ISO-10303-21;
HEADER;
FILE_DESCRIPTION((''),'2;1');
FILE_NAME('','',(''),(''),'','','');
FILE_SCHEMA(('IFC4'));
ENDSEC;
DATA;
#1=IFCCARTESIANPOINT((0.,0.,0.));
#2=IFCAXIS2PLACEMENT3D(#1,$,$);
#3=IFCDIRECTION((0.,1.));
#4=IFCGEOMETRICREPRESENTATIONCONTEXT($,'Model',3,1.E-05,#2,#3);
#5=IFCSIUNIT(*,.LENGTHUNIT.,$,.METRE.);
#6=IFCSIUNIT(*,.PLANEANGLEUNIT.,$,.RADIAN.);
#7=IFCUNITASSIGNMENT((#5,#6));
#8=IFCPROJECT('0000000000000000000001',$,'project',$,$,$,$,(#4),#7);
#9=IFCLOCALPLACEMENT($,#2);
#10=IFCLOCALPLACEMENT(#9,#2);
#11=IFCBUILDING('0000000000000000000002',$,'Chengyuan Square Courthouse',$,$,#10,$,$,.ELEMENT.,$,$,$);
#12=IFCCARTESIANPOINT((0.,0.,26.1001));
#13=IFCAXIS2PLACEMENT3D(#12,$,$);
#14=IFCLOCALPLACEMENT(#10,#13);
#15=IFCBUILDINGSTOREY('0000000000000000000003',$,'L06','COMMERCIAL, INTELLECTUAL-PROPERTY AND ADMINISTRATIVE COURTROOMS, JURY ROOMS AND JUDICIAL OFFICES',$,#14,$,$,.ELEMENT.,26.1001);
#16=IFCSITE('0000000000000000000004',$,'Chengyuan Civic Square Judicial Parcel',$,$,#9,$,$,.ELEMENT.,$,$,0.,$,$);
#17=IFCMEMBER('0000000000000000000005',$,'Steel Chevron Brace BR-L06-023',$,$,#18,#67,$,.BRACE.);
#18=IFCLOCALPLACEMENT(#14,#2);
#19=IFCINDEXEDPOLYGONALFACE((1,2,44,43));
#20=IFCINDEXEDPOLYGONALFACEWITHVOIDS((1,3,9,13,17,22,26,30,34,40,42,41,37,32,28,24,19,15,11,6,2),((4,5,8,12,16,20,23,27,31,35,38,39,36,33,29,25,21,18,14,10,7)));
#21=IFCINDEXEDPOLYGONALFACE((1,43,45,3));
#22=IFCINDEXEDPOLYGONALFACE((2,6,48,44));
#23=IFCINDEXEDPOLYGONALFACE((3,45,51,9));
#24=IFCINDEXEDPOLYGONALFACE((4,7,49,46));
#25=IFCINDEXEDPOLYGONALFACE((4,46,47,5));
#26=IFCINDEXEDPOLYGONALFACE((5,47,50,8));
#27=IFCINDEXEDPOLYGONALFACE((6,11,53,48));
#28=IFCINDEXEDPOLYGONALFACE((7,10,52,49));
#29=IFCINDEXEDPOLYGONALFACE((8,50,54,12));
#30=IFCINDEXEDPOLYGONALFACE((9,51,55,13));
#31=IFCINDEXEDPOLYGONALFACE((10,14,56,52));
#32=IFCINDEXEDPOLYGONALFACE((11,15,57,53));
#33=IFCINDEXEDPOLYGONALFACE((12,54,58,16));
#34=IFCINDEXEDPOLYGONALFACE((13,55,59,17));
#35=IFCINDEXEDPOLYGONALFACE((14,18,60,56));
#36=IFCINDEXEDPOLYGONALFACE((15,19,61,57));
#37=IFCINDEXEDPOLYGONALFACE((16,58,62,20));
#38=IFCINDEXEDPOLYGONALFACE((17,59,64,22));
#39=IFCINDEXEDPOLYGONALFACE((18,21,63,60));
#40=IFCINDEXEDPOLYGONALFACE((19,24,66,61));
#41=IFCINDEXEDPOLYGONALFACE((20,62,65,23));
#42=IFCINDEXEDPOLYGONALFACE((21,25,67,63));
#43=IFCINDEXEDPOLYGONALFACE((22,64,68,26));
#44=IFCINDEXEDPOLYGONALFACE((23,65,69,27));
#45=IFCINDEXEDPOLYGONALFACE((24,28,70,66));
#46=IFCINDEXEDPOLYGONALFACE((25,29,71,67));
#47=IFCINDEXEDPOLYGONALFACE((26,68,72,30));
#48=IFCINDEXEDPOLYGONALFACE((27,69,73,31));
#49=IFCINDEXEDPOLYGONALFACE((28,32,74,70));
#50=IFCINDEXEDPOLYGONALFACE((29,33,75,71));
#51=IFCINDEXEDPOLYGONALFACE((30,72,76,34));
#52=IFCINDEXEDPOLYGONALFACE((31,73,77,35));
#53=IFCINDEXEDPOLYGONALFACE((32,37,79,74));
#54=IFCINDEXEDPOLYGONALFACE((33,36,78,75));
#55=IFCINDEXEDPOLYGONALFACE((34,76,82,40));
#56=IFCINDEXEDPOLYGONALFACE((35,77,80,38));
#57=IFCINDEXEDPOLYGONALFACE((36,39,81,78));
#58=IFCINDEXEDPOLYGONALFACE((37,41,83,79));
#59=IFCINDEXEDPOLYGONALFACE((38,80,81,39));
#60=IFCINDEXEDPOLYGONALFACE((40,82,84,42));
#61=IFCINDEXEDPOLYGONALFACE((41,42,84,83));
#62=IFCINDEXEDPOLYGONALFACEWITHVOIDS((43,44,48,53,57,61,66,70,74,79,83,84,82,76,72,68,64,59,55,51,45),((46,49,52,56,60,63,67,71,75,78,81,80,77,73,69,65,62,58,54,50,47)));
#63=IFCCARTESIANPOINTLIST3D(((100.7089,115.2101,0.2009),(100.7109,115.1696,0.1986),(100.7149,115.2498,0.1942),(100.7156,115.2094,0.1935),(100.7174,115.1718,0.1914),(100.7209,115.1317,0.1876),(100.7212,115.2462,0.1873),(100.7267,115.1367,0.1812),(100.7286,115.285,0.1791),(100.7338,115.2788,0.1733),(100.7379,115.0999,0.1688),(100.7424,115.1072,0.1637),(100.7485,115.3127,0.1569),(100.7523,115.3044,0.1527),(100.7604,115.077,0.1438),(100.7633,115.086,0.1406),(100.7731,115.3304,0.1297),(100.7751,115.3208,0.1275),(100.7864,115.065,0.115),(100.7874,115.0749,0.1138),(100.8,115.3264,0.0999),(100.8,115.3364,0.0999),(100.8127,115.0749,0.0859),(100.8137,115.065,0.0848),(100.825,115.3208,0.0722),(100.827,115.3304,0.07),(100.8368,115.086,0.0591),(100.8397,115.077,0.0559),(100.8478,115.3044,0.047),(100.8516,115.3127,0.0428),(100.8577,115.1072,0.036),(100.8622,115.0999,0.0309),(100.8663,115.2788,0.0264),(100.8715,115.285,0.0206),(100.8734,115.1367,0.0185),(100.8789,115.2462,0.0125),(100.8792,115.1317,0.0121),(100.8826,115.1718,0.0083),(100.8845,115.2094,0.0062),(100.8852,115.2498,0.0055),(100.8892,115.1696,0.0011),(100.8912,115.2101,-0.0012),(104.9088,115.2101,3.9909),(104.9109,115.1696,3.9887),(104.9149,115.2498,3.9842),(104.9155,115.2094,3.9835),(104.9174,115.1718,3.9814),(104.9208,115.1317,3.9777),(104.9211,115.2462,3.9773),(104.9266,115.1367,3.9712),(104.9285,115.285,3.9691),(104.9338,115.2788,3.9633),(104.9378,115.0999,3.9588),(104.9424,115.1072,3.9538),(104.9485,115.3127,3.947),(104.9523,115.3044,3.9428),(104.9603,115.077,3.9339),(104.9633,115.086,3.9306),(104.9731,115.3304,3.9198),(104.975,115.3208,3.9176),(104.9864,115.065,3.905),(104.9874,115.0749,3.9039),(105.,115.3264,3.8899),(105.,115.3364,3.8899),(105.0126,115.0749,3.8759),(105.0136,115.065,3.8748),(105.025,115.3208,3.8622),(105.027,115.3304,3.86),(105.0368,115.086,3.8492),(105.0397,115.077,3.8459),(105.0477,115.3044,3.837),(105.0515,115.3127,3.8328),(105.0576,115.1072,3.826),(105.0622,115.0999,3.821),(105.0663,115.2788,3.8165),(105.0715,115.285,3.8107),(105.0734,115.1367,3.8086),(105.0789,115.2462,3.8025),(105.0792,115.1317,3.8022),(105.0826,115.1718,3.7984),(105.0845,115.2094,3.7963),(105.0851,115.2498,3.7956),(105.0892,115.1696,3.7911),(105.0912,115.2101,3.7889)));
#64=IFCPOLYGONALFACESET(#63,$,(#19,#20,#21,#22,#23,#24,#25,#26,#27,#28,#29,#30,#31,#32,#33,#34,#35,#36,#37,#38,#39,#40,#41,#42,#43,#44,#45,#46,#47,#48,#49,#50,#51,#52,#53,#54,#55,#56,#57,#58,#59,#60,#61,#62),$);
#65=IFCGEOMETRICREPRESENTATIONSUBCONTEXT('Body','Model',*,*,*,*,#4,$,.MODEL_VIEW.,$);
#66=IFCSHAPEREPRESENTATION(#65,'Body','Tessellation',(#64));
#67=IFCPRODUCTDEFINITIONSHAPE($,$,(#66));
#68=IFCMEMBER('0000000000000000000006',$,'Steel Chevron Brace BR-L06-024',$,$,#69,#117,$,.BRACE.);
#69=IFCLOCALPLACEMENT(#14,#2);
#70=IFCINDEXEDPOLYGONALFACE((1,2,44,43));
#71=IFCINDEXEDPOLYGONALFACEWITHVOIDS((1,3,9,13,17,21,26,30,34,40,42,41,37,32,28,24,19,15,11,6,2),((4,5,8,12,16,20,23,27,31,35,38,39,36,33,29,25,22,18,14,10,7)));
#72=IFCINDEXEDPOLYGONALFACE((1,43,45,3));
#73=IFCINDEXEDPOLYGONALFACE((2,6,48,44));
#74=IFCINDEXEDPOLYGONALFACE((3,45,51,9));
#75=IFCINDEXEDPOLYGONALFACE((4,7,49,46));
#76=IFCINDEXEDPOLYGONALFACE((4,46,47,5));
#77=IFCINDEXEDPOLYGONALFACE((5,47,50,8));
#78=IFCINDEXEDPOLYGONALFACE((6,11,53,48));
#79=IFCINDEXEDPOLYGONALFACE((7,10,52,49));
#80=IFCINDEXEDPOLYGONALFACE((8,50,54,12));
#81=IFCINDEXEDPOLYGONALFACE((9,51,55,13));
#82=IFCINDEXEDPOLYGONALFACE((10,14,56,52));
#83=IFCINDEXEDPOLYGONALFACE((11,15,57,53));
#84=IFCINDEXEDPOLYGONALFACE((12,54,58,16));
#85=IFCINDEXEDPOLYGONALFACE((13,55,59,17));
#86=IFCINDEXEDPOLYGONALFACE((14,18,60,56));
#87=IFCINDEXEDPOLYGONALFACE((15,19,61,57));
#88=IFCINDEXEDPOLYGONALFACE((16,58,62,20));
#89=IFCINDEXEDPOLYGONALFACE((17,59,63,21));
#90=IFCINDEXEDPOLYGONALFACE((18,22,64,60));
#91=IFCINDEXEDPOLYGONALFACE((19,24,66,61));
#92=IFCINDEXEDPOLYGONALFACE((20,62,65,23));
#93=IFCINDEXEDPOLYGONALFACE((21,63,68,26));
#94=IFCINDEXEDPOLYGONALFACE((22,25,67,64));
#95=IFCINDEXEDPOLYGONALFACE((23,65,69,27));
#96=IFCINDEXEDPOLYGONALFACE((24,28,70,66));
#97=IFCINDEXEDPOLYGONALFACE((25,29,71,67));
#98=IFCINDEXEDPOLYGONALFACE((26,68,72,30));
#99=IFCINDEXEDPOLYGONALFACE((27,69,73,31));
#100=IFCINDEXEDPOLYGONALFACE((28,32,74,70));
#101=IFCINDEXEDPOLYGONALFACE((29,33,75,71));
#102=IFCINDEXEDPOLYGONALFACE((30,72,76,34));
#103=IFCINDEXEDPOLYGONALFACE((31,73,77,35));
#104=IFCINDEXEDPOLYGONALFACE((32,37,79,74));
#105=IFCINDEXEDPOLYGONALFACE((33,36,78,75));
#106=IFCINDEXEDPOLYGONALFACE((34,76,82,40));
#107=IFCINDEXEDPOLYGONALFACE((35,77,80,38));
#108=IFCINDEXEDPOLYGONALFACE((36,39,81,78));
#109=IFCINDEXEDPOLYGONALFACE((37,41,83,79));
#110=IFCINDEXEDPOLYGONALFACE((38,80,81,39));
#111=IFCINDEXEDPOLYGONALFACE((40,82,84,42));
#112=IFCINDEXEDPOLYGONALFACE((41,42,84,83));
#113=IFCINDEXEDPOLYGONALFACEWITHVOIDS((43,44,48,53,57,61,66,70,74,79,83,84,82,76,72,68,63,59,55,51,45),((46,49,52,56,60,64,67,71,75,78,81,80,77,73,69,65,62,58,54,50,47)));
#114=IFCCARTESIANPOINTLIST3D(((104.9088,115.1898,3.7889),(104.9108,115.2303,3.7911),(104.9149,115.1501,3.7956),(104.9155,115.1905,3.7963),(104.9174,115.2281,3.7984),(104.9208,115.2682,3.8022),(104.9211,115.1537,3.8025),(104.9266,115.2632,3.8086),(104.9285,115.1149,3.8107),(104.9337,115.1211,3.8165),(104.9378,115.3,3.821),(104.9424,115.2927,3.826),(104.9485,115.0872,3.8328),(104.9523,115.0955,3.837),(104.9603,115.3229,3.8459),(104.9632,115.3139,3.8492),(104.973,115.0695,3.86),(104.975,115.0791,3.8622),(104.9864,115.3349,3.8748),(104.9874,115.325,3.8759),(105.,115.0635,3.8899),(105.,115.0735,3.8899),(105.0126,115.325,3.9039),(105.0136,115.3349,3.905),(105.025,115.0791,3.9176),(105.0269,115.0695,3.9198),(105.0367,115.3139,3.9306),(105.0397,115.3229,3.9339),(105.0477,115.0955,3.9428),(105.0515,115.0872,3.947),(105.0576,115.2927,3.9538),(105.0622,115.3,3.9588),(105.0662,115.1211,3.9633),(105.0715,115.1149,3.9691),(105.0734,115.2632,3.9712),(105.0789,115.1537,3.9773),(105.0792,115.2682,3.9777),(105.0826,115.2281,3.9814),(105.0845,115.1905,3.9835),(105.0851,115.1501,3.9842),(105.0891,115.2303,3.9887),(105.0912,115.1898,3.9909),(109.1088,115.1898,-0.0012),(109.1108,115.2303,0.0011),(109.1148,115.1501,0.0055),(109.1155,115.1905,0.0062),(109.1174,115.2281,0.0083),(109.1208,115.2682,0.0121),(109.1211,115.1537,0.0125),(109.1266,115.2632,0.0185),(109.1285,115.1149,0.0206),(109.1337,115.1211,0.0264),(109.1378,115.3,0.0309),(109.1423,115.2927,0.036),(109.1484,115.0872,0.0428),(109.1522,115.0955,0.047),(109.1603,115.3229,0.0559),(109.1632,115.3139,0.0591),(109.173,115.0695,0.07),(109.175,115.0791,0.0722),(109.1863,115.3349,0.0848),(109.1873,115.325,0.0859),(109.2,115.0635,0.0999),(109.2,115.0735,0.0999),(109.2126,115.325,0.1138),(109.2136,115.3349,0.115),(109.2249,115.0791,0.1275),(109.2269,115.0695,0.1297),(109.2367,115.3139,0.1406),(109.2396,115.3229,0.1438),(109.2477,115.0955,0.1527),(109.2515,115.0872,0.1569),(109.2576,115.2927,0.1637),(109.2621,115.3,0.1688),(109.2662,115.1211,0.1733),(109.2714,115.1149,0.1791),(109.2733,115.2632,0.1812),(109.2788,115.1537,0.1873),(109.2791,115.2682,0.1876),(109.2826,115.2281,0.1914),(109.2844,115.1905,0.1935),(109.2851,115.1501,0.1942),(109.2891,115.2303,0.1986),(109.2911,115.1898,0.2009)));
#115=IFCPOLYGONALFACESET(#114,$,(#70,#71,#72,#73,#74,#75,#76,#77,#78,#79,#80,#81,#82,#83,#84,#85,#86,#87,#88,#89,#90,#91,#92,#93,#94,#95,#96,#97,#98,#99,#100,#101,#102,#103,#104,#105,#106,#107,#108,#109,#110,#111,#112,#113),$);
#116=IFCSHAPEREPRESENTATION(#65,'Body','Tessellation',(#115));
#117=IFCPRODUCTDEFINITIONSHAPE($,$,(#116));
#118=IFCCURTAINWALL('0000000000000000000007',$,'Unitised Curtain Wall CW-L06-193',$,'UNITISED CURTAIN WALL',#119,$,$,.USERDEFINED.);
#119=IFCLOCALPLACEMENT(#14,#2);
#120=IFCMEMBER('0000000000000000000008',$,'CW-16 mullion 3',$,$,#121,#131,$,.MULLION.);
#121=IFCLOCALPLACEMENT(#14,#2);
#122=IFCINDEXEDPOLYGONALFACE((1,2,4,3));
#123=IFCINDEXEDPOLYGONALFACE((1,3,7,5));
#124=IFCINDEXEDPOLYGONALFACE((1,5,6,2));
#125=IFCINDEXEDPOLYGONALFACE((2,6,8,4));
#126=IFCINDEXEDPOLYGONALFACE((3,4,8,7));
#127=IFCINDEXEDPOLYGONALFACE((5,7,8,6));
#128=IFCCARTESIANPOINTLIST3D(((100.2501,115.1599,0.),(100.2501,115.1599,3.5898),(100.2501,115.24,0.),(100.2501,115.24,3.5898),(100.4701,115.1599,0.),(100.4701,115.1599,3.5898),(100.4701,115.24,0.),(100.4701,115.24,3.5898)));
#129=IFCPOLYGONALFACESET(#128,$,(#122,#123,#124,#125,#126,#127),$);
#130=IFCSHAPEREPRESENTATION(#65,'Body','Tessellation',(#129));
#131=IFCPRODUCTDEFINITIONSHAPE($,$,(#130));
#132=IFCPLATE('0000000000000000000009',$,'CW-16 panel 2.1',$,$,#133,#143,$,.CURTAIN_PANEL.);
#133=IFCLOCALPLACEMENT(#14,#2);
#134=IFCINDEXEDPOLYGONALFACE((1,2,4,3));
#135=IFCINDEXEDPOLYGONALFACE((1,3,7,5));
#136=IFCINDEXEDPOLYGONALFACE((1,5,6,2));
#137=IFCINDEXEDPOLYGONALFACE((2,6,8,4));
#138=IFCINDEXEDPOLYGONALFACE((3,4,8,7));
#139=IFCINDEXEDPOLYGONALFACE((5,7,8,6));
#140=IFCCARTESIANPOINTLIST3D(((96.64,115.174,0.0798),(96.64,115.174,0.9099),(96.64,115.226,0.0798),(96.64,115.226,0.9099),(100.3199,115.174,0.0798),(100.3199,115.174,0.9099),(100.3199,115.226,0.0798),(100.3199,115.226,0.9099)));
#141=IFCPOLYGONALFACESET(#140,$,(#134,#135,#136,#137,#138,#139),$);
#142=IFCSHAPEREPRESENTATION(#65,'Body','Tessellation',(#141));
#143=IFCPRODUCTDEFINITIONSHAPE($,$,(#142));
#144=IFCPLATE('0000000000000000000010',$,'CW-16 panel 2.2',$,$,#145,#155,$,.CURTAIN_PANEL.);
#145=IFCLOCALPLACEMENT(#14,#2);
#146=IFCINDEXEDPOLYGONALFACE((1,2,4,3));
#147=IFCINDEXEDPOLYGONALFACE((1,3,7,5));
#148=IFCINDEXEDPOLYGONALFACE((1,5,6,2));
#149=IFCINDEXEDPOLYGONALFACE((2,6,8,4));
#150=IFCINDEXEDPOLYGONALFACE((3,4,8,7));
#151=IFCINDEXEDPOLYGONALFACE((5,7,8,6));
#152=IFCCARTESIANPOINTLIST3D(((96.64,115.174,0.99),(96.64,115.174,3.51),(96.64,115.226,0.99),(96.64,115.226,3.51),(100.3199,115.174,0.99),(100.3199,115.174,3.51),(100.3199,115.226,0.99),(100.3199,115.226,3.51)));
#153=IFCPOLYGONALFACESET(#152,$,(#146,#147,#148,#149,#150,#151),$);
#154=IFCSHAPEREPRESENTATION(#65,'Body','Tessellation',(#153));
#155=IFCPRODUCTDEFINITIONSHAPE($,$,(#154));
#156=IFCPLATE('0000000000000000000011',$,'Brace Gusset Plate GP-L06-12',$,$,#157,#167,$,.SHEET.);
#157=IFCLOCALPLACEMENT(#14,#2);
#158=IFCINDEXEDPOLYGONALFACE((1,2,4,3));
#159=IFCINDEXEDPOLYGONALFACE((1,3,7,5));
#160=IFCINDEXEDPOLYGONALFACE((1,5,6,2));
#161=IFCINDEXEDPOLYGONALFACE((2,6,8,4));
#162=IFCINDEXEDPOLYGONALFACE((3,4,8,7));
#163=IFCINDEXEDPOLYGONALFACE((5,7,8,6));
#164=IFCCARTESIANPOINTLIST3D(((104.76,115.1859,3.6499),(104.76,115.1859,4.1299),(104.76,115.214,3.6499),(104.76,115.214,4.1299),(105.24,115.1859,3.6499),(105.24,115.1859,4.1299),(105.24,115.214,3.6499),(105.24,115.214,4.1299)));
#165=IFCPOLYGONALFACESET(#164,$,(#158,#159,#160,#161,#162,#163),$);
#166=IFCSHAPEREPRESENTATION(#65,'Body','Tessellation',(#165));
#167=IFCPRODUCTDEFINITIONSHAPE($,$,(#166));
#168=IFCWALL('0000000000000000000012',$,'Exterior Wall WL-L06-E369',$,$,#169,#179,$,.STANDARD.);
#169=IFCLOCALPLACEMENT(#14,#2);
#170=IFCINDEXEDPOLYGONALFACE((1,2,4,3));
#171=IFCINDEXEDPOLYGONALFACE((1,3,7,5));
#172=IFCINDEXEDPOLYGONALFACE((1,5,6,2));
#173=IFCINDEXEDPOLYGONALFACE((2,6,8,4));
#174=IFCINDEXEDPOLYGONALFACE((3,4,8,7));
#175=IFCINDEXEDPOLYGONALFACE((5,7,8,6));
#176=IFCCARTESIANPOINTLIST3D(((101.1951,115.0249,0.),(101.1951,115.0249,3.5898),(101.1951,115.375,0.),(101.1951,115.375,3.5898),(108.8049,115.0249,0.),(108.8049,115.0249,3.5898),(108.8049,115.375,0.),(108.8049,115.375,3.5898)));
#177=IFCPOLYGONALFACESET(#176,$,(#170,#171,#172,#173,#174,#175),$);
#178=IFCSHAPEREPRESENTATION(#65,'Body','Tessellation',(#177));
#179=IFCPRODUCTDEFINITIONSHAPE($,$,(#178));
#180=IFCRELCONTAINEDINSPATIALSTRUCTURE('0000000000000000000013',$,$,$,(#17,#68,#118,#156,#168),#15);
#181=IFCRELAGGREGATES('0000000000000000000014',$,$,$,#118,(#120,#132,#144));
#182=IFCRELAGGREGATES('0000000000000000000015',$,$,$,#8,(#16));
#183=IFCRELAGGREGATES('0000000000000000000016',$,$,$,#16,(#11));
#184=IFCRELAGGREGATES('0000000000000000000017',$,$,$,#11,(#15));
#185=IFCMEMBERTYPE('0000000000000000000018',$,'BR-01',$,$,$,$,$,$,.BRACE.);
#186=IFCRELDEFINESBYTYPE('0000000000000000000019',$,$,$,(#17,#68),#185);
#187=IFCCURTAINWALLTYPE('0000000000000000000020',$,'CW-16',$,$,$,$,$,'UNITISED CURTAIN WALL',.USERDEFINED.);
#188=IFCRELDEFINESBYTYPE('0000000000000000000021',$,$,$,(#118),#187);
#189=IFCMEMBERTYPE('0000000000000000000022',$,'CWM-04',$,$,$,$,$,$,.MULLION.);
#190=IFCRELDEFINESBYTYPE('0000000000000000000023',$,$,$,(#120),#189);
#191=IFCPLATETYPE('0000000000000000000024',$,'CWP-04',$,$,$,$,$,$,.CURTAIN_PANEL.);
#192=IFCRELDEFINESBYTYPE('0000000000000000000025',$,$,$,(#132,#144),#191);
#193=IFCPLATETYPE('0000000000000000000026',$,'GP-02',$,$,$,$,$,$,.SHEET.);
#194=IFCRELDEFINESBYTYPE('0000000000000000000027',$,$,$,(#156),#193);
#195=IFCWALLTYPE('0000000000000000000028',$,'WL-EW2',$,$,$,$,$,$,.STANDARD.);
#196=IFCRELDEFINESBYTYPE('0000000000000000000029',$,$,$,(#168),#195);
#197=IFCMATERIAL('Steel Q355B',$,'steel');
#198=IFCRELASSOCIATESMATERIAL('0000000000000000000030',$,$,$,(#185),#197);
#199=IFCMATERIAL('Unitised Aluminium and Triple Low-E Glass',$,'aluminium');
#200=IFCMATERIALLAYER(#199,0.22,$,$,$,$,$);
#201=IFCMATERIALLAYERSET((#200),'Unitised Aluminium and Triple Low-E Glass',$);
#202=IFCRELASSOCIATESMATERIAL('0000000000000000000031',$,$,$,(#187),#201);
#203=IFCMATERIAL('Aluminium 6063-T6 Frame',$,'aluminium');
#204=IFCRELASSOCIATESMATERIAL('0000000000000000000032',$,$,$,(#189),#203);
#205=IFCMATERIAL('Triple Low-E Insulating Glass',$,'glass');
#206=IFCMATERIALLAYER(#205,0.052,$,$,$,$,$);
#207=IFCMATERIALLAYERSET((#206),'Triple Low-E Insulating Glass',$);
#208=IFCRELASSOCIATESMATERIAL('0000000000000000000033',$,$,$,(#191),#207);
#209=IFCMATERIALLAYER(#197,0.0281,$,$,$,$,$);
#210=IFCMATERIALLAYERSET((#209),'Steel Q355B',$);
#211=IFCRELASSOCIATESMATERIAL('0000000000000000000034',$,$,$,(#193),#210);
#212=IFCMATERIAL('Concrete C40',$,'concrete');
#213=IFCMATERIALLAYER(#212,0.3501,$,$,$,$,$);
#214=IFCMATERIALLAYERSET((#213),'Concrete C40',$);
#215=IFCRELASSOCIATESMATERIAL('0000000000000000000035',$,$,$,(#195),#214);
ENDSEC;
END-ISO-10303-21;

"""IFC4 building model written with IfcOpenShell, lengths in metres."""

from ifc_helpers import new_model, si_unit, direction, frame, frame_2d, origin, origin_2d, place, context, subcontext, project, spatial, rectangle, hollow_circle, extrude, material, layer, layer_set, material_profile, profile_set, type_object, element, aggregate, save


model = new_model("IFC4")

# Units and contexts
model_context = context("Model", 3, precision=1e-05, world=origin(), true_north=direction((0.0, 1.0)))
body_context = subcontext(model_context, "Body", "Model", "MODEL_VIEW")
ifc_project = project(units=[si_unit("LENGTHUNIT", "METRE"), si_unit("PLANEANGLEUNIT", "RADIAN")], contexts=[model_context])

# Site, building, storey
site_placement = place(None, origin())
site = spatial("IfcSite", under=ifc_project, at=site_placement, Name="Chengyuan Civic Square Judicial Parcel", CompositionType="ELEMENT", RefElevation=0.0)
building_placement = place(site_placement, origin())
building = spatial("IfcBuilding", under=site, at=building_placement, Name="Chengyuan Square Courthouse", CompositionType="ELEMENT")
storey_placement = place(building_placement, frame((0.0, 0.0, 26.1001)))
storey = spatial("IfcBuildingStorey", under=building, at=storey_placement, Name="L06", Description="COMMERCIAL, INTELLECTUAL-PROPERTY AND ADMINISTRATIVE COURTROOMS, JURY ROOMS AND JUDICIAL OFFICES", CompositionType="ELEMENT", Elevation=26.1001)

# Shared definitions
ifc_material_1 = material(Name="Concrete C40", Category="concrete")
ifc_material_2 = material(Name="Steel Q355B", Category="steel")

# Members
ifc_material_profile_1 = material_profile(ifc_material_2, hollow_circle(Radius=0.1365, WallThickness=0.01, at=origin_2d()), Name="CHS 273x10")
ifc_profile_set_1 = profile_set([ifc_material_profile_1], Name="Steel Q355B")
member_type_1 = type_object("IfcMemberType", Name="BR-01", PredefinedType="BRACE", material=ifc_profile_set_1)
for number, where, z_axis, x_axis, name in (
    (1, (100.8, 115.2, 0.0999), (0.742407, 0.0, 0.669949), (0.0, 1.0, 0.0), "Steel Chevron Brace BR-L06-023"),
    (2, (109.2, 115.2, 0.0999), (-0.742407, 0.0, 0.669949), (0.0, -1.0, 0.0), "Steel Chevron Brace BR-L06-024"),
):
    element("IfcMember", number, at=place(storey_placement, frame(where, z_axis=z_axis, x_axis=x_axis)), inside=storey, type_object=member_type_1, Name=name, PredefinedType="BRACE", context=body_context, shape_type="SweptSolid", body=[
        extrude(hollow_circle(Radius=0.1365, WallThickness=0.01, at=origin_2d()), origin(), (0.0, 0.0, 1.0), 5.6572),
    ])

# Curtain wall, member, plates
ifc_material_3 = material(Name="Unitised Aluminium and Triple Low-E Glass", Category="aluminium")
ifc_layer_1 = layer(ifc_material_3, 0.22)
ifc_layer_set_1 = layer_set([ifc_layer_1], Name="Unitised Aluminium and Triple Low-E Glass")
curtain_wall_type = type_object("IfcCurtainWallType", Name="CW-16", ElementType="UNITISED CURTAIN WALL", PredefinedType="USERDEFINED", material=ifc_layer_set_1)
curtain_wall_placement = place(storey_placement, origin())
curtain_wall = element("IfcCurtainWall", 3, at=curtain_wall_placement, inside=storey, type_object=curtain_wall_type, Name="Unitised Curtain Wall CW-L06-193", ObjectType="UNITISED CURTAIN WALL", PredefinedType="USERDEFINED")
ifc_material_4 = material(Name="Aluminium 6063-T6 Frame", Category="aluminium")
ifc_material_profile_2 = material_profile(ifc_material_4, rectangle(XDim=0.0801, YDim=0.22, at=origin_2d()), Name="CW-MUL-80x220")
ifc_profile_set_2 = profile_set([ifc_material_profile_2], Name="Aluminium 6063-T6 Frame")
member_type_2 = type_object("IfcMemberType", Name="CWM-04", PredefinedType="MULLION", material=ifc_profile_set_2)
member_placement = place(storey_placement, frame((100.3601, 115.2, 0.0), z_axis=(0.0, 0.0, 1.0), x_axis=(0.0, 1.0, 0.0)))
member = element("IfcMember", 4, at=member_placement, type_object=member_type_2, Name="CW-16 mullion 3", PredefinedType="MULLION", context=body_context, shape_type="SweptSolid", body=[
    extrude(rectangle(XDim=0.0801, YDim=0.22, at=origin_2d()), origin(), (0.0, 0.0, 1.0), 3.5898),
])
ifc_material_5 = material(Name="Triple Low-E Insulating Glass", Category="glass")
ifc_layer_2 = layer(ifc_material_5, 0.052)
ifc_layer_set_2 = layer_set([ifc_layer_2], Name="Triple Low-E Insulating Glass")
plate_type_1 = type_object("IfcPlateType", Name="CWP-04", PredefinedType="CURTAIN_PANEL", material=ifc_layer_set_2)
plate_1_placement = place(storey_placement, frame((98.48, 115.2, 0.0798), z_axis=(0.0, 0.0, 1.0), x_axis=(1.0, 0.0, 0.0)))
plate_1 = element("IfcPlate", 5, at=plate_1_placement, type_object=plate_type_1, Name="CW-16 panel 2.1", PredefinedType="CURTAIN_PANEL", context=body_context, shape_type="SweptSolid", body=[
    extrude(rectangle(XDim=3.6799, YDim=0.052, at=origin_2d()), origin(), (0.0, 0.0, 1.0), 0.8301),
])
plate_2_placement = place(storey_placement, frame((98.48, 115.2, 0.99), z_axis=(0.0, 0.0, 1.0), x_axis=(1.0, 0.0, 0.0)))
plate_2 = element("IfcPlate", 6, at=plate_2_placement, type_object=plate_type_1, Name="CW-16 panel 2.2", PredefinedType="CURTAIN_PANEL", context=body_context, shape_type="SweptSolid", body=[
    extrude(rectangle(XDim=3.6799, YDim=0.052, at=origin_2d()), origin(), (0.0, 0.0, 1.0), 2.52),
])
aggregate(curtain_wall, [member, plate_1, plate_2])

# Plate
ifc_layer_3 = layer(ifc_material_2, 0.0281)
ifc_layer_set_3 = layer_set([ifc_layer_3], Name="Steel Q355B")
plate_type_2 = type_object("IfcPlateType", Name="GP-02", PredefinedType="SHEET", material=ifc_layer_set_3)
plate_3_placement = place(storey_placement, frame((105.0, 115.2, 3.6499), z_axis=(0.0, 0.0, 1.0), x_axis=(1.0, 0.0, 0.0)))
element("IfcPlate", 7, at=plate_3_placement, inside=storey, type_object=plate_type_2, Name="Brace Gusset Plate GP-L06-12", PredefinedType="SHEET", context=body_context, shape_type="SweptSolid", body=[
    extrude(rectangle(XDim=0.48, YDim=0.0281, at=origin_2d()), origin(), (0.0, 0.0, 1.0), 0.48),
])

# Wall
ifc_layer_4 = layer(ifc_material_1, 0.3501)
ifc_layer_set_4 = layer_set([ifc_layer_4], Name="Concrete C40")
wall_type_1 = type_object("IfcWallType", Name="WL-EW2", PredefinedType="STANDARD", material=ifc_layer_set_4)
wall_1_placement = place(storey_placement, frame((101.1951, 115.2, 0.0), z_axis=(0.0, 0.0, 1.0), x_axis=(1.0, 0.0, 0.0)))
element("IfcWall", 8, at=wall_1_placement, inside=storey, type_object=wall_type_1, Name="Exterior Wall WL-L06-E369", PredefinedType="STANDARD", context=body_context, shape_type="SweptSolid", body=[
    extrude(rectangle(XDim=7.6099, YDim=0.3501, at=frame_2d((3.8049, 0.0))), origin(), (0.0, 0.0, 1.0), 3.5898),
])

save(model, "model.ifc")
